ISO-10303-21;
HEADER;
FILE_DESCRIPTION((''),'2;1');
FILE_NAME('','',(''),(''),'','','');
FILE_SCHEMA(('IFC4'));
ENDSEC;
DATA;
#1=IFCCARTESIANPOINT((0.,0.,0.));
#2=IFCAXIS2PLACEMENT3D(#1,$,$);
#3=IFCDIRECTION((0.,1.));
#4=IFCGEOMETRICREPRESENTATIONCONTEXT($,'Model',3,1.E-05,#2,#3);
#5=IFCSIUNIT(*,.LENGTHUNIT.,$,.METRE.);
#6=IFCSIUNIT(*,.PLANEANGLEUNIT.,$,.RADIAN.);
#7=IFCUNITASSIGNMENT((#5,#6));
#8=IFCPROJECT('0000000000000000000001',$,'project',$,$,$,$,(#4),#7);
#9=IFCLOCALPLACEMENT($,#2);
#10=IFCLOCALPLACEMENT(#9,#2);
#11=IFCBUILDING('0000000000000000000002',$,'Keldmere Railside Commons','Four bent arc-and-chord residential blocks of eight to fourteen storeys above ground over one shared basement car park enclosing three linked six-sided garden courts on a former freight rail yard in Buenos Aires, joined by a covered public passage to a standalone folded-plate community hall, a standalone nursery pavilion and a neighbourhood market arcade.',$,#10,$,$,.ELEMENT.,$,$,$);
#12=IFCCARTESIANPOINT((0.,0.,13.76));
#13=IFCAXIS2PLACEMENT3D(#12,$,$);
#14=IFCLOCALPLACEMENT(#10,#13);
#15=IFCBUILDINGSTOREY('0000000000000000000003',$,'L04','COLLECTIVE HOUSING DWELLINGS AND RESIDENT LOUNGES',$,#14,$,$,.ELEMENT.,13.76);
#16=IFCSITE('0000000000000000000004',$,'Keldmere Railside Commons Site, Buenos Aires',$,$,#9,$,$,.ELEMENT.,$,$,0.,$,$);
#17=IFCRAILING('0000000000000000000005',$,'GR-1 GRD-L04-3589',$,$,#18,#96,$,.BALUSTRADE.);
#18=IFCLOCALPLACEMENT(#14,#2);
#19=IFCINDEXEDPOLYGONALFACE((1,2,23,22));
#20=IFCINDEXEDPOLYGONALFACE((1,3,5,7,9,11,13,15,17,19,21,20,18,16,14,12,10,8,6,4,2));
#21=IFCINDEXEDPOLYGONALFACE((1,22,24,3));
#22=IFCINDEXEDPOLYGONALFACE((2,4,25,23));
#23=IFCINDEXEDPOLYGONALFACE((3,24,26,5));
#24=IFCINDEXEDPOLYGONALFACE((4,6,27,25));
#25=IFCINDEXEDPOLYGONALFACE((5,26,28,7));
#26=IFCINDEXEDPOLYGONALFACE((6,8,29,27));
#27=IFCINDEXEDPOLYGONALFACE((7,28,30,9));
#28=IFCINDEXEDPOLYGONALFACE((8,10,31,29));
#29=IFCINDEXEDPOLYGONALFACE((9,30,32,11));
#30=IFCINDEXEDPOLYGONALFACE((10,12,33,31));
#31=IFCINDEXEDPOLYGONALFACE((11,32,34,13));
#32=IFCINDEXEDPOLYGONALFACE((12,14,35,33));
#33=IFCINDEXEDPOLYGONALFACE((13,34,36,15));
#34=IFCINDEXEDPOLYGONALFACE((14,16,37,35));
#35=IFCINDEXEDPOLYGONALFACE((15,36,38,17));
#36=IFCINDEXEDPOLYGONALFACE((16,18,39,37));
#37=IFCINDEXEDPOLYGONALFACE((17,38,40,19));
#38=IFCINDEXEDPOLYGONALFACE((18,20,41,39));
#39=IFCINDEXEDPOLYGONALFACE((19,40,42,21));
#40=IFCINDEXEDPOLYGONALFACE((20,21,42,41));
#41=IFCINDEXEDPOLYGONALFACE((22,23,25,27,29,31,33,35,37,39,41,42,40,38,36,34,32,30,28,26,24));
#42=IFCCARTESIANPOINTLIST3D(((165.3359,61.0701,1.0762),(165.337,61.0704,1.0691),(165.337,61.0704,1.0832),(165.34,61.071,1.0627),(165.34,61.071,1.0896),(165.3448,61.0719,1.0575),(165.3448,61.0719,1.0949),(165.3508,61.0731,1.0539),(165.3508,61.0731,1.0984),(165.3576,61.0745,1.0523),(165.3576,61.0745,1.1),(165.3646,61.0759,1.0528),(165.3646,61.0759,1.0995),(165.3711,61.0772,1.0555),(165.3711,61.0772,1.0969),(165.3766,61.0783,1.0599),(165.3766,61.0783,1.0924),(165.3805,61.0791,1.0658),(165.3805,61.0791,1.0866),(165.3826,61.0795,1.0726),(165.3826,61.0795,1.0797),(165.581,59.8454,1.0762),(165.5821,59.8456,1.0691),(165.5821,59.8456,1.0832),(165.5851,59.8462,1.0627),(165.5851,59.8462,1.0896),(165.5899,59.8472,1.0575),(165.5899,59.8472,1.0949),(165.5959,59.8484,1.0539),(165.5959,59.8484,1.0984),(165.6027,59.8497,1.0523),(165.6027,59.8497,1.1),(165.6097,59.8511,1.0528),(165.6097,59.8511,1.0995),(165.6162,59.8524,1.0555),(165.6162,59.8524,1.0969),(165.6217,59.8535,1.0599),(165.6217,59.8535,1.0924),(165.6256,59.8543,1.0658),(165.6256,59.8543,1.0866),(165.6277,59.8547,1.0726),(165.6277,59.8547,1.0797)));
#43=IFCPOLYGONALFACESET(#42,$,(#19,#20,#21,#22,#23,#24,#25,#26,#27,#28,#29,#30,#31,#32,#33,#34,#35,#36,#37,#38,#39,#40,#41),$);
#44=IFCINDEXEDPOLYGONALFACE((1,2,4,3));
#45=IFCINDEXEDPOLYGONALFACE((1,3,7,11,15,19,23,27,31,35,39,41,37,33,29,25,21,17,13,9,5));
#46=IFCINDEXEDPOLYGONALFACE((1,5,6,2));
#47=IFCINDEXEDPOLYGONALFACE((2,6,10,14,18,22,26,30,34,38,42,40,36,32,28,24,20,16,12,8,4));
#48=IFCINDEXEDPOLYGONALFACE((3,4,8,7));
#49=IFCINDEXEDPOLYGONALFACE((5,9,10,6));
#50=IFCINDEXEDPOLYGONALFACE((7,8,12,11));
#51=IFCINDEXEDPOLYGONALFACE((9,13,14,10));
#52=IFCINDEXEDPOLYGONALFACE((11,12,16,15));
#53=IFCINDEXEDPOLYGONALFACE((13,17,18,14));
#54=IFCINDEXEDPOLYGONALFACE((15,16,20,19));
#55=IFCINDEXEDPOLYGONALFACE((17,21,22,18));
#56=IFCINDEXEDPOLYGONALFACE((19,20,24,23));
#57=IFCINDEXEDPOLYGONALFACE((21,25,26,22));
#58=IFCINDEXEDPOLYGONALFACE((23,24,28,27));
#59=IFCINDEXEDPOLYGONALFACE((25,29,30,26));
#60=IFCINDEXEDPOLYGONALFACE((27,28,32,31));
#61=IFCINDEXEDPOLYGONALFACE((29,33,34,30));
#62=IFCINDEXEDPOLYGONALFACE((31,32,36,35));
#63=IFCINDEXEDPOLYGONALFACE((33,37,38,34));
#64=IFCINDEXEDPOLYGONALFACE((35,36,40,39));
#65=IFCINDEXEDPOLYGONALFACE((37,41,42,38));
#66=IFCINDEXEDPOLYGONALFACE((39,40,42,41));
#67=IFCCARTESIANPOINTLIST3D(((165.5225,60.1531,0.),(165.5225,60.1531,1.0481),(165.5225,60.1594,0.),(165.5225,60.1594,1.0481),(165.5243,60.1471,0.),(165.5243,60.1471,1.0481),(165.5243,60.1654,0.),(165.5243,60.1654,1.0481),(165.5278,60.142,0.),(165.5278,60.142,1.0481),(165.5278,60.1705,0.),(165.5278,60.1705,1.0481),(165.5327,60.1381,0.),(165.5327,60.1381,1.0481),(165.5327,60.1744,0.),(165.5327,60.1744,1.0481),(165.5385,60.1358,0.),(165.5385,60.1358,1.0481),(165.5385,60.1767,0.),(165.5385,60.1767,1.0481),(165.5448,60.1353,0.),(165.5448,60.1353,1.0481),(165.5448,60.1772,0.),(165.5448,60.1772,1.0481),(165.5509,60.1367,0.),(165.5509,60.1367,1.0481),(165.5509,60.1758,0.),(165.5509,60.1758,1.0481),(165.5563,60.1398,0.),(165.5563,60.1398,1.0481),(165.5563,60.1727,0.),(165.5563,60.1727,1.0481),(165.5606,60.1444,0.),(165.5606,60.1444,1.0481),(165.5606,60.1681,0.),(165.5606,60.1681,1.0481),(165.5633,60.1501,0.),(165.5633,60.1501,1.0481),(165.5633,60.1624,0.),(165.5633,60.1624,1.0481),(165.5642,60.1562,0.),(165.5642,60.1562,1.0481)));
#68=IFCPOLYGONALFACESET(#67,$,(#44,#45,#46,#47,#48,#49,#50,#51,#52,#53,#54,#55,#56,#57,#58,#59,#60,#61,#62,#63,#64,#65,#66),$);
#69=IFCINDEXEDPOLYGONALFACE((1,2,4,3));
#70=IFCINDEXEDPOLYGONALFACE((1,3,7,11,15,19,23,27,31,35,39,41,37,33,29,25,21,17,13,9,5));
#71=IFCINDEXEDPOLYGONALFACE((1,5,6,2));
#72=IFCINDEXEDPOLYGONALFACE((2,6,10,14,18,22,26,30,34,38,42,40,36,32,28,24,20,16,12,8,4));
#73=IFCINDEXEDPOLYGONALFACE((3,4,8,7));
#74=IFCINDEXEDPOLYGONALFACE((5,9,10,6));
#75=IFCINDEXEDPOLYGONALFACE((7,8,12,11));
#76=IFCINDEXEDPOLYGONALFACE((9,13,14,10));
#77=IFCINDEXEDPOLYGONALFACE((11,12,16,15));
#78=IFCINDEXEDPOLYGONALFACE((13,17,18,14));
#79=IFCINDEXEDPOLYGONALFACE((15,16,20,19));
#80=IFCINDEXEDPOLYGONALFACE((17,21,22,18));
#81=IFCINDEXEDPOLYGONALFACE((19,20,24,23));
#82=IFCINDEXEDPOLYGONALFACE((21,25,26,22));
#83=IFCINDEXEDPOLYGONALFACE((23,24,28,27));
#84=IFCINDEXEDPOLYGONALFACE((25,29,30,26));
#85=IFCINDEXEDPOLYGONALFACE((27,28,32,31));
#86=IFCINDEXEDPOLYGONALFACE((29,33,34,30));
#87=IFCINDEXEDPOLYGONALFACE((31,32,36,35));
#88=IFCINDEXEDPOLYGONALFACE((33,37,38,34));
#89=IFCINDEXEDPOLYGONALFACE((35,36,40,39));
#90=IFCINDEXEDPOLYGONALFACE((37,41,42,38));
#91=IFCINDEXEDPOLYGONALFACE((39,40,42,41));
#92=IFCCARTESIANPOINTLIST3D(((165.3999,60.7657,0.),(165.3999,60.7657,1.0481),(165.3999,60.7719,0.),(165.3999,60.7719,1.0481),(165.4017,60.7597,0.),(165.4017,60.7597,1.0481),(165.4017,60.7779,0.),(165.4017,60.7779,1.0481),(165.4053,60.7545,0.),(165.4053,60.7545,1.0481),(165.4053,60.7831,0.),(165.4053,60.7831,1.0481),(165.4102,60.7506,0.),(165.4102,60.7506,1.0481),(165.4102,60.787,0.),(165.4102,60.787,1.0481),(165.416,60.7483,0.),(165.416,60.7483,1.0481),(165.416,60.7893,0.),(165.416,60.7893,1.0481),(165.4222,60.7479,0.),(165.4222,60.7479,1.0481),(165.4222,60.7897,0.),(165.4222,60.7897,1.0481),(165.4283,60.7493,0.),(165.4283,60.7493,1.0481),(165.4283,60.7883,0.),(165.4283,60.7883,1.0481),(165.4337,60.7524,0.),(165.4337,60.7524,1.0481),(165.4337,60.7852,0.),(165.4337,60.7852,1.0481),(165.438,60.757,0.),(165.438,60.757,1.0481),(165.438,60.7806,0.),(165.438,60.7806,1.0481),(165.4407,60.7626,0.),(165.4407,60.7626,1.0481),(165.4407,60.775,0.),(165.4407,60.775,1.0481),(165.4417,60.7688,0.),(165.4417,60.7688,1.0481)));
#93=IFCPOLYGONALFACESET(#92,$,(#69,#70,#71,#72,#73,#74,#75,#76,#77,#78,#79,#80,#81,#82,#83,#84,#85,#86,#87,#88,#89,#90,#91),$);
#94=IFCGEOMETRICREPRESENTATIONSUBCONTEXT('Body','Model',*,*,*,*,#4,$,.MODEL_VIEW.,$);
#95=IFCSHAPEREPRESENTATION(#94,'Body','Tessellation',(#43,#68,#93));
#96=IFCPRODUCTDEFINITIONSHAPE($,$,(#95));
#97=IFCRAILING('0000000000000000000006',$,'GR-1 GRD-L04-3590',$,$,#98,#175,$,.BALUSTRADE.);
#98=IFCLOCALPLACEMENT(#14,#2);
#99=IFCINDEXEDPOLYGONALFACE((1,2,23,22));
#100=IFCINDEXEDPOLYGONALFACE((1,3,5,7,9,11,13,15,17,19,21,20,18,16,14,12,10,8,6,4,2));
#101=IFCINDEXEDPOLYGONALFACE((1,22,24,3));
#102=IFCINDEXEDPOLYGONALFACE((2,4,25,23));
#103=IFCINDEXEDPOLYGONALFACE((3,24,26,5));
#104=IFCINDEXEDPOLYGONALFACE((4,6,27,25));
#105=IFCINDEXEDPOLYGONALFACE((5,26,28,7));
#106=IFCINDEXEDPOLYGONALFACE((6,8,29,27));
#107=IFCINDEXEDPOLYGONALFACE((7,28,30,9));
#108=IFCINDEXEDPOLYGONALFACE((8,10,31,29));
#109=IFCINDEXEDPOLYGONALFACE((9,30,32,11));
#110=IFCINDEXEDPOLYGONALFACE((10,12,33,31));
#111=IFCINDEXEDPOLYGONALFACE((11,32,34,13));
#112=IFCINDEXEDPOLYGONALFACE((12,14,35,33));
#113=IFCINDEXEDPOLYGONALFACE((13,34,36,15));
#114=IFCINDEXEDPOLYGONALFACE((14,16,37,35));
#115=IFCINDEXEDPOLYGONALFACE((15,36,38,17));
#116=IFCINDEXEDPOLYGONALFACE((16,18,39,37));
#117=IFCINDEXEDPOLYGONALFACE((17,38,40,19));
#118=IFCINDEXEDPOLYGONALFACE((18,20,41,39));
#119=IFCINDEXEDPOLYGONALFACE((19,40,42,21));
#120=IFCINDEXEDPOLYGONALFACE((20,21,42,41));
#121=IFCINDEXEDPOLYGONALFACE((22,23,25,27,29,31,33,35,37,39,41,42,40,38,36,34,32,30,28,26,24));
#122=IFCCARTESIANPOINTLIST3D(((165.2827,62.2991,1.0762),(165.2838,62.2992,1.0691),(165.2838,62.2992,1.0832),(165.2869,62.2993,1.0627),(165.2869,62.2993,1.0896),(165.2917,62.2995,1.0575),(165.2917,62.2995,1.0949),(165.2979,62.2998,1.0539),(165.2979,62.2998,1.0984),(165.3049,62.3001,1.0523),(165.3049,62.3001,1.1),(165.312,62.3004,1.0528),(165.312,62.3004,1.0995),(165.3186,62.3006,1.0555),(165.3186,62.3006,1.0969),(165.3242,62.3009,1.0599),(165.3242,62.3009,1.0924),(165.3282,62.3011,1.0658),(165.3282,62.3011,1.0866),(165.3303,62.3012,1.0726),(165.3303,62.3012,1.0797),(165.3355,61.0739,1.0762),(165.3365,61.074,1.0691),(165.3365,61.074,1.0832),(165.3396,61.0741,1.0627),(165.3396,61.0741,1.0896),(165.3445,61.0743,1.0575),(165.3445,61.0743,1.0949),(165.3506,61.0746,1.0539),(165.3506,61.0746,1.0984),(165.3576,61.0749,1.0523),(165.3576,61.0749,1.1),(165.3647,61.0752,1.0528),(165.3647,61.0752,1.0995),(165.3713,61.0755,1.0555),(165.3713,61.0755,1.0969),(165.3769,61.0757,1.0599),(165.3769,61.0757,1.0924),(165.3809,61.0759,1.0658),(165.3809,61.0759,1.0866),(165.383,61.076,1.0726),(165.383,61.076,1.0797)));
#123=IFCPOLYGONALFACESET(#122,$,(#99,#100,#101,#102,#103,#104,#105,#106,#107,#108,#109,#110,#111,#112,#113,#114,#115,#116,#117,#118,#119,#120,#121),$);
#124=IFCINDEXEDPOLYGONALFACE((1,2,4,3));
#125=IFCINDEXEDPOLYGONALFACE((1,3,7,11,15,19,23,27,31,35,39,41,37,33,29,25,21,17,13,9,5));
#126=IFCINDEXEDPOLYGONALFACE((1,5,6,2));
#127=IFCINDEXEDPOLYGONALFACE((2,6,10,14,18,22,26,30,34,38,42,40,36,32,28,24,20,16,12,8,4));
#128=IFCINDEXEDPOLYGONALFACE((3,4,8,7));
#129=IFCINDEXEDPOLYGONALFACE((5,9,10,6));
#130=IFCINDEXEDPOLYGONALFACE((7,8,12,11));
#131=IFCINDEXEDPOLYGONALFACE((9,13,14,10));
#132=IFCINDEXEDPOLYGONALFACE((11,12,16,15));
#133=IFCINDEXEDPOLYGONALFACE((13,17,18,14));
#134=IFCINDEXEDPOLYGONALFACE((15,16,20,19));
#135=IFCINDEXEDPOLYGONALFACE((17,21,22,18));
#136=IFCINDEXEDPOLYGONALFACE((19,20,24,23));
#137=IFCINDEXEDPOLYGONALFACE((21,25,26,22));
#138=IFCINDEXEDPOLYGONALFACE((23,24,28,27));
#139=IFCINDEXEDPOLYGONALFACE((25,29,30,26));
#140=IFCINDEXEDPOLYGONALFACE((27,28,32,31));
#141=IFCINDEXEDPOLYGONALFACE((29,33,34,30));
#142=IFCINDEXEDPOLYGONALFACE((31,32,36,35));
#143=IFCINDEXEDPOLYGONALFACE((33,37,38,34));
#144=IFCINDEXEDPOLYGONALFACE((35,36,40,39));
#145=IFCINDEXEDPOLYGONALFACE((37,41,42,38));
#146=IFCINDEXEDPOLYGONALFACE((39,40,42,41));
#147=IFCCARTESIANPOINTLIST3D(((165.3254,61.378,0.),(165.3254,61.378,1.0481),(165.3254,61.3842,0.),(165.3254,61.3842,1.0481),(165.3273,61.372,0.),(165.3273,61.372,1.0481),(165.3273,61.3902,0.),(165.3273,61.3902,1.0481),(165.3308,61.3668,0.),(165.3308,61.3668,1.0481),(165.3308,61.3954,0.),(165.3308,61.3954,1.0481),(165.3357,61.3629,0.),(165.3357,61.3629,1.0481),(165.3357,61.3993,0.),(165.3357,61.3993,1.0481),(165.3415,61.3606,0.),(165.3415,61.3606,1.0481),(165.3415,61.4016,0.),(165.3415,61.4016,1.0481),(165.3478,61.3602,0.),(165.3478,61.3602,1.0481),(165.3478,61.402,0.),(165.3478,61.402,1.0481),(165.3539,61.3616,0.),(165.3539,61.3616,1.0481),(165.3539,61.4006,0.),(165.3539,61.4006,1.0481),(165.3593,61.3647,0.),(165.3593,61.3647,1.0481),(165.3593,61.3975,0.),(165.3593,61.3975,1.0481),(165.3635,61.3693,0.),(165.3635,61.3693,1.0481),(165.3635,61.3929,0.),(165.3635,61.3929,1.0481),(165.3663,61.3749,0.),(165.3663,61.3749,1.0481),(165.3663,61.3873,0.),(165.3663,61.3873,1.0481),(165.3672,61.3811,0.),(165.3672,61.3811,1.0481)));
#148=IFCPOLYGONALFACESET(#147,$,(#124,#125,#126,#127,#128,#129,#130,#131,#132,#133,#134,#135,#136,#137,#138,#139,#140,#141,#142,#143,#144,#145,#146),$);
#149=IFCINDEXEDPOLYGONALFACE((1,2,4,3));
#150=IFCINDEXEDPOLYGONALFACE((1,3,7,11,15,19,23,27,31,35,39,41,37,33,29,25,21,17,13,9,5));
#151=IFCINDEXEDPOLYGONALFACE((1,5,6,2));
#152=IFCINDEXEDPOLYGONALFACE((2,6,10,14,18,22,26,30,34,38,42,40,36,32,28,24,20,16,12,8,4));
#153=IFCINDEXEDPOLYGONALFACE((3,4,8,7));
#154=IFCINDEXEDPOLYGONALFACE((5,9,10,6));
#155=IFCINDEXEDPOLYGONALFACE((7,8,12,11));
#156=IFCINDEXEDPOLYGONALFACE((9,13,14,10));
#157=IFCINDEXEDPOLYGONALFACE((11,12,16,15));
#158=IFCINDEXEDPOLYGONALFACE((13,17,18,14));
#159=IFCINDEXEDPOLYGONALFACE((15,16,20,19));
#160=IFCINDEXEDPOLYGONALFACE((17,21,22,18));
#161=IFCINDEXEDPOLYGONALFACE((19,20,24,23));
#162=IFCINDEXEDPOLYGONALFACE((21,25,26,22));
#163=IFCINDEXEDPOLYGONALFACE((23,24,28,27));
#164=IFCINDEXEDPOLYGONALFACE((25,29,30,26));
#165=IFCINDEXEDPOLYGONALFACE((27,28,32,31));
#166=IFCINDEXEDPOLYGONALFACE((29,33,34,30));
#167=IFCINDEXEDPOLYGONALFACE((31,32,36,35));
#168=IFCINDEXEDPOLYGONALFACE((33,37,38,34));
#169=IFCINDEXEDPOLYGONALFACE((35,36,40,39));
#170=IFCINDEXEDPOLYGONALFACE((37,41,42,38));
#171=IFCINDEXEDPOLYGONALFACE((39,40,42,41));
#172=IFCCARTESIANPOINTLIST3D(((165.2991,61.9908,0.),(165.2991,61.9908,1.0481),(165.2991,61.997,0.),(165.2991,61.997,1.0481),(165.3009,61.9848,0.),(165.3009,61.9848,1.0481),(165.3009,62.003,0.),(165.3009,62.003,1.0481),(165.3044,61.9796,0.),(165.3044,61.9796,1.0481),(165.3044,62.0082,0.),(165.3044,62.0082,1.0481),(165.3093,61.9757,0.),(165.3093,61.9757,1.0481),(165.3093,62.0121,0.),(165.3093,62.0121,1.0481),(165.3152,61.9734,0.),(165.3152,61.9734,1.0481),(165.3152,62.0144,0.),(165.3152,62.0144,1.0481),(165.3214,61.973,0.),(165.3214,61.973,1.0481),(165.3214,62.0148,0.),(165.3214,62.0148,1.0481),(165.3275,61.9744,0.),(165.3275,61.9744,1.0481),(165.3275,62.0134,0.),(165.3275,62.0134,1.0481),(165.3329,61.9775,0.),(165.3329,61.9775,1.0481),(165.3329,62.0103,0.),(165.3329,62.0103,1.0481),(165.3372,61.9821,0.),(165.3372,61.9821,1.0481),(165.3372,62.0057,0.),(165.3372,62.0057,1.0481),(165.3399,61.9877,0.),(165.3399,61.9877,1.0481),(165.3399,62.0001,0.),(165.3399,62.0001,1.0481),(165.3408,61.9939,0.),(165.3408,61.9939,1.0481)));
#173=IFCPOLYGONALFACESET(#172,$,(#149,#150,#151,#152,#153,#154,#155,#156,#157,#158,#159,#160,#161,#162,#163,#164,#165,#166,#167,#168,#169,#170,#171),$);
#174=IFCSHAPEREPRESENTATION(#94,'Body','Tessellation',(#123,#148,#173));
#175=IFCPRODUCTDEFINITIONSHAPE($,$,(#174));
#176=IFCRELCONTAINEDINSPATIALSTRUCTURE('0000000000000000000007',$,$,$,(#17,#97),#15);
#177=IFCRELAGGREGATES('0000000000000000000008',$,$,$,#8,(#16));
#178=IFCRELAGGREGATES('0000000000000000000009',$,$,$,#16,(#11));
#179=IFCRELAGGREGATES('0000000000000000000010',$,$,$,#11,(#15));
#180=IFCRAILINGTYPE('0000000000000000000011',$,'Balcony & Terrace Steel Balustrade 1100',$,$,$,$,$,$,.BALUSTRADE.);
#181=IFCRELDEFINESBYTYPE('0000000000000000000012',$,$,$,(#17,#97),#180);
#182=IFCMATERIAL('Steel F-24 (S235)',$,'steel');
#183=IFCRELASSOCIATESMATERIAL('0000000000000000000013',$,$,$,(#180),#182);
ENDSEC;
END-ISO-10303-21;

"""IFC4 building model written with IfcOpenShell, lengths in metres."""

from ifc_helpers import new_model, si_unit, direction, frame, origin, origin_2d, place, context, subcontext, project, spatial, circle, extrude, material, type_object, element, save


model = new_model("IFC4")

# Units and contexts
model_context = context("Model", 3, precision=1e-05, world=origin(), true_north=direction((0.0, 1.0)))
body_context = subcontext(model_context, "Body", "Model", "MODEL_VIEW")
ifc_project = project(units=[si_unit("LENGTHUNIT", "METRE"), si_unit("PLANEANGLEUNIT", "RADIAN")], contexts=[model_context])

# Site, building, storey
site_placement = place(None, origin())
site = spatial("IfcSite", under=ifc_project, at=site_placement, Name="Keldmere Railside Commons Site, Buenos Aires", CompositionType="ELEMENT", RefElevation=0.0)
building_placement = place(site_placement, origin())
building = spatial("IfcBuilding", under=site, at=building_placement, Name="Keldmere Railside Commons", Description="Four bent arc-and-chord residential blocks of eight to fourteen storeys above ground over one shared basement car park enclosing three linked six-sided garden courts on a former freight rail yard in Buenos Aires, joined by a covered public passage to a standalone folded-plate community hall, a standalone nursery pavilion and a neighbourhood market arcade.", CompositionType="ELEMENT")
storey_placement = place(building_placement, frame((0.0, 0.0, 13.76)))
storey = spatial("IfcBuildingStorey", under=building, at=storey_placement, Name="L04", Description="COLLECTIVE HOUSING DWELLINGS AND RESIDENT LOUNGES", CompositionType="ELEMENT", Elevation=13.76)

# Railings
ifc_material_1 = material(Name="Steel F-24 (S235)", Category="steel")
railing_type = type_object("IfcRailingType", Name="Balcony & Terrace Steel Balustrade 1100", PredefinedType="BALUSTRADE", material=ifc_material_1)
railing_1_placement = place(storey_placement, frame((165.6045, 59.8501, 0.0)))
element("IfcRailing", 1, at=railing_1_placement, inside=storey, type_object=railing_type, Name="GR-1 GRD-L04-3589", PredefinedType="BALUSTRADE", context=body_context, shape_type="SweptSolid", body=[
    extrude(circle(Radius=0.0239, at=origin_2d()), frame((0.0, 0.0, 1.0762), z_axis=(-0.196229, 0.980558, 0.0), x_axis=(-0.980558, -0.196229, 0.0)), (0.0, 0.0, 1.0), 1.249),
    extrude(circle(Radius=0.021, at=origin_2d()), frame((-0.0613, 0.3062, 0.0)), (0.0, 0.0, 1.0), 1.0481),
    extrude(circle(Radius=0.021, at=origin_2d()), frame((-0.1838, 0.9187, 0.0)), (0.0, 0.0, 1.0), 1.0481),
])
railing_2_placement = place(storey_placement, frame((165.3594, 61.075, 0.0)))
element("IfcRailing", 2, at=railing_2_placement, inside=storey, type_object=railing_type, Name="GR-1 GRD-L04-3590", PredefinedType="BALUSTRADE", context=body_context, shape_type="SweptSolid", body=[
    extrude(circle(Radius=0.0239, at=origin_2d()), frame((0.0, 0.0, 1.0762), z_axis=(-0.043005, 0.999075, 0.0), x_axis=(-0.999075, -0.043005, 0.0)), (0.0, 0.0, 1.0), 1.2263),
    extrude(circle(Radius=0.021, at=origin_2d()), frame((-0.0132, 0.3062, 0.0)), (0.0, 0.0, 1.0), 1.0481),
    extrude(circle(Radius=0.021, at=origin_2d()), frame((-0.0396, 0.9189, 0.0)), (0.0, 0.0, 1.0), 1.0481),
])

save(model, "model.ifc")
